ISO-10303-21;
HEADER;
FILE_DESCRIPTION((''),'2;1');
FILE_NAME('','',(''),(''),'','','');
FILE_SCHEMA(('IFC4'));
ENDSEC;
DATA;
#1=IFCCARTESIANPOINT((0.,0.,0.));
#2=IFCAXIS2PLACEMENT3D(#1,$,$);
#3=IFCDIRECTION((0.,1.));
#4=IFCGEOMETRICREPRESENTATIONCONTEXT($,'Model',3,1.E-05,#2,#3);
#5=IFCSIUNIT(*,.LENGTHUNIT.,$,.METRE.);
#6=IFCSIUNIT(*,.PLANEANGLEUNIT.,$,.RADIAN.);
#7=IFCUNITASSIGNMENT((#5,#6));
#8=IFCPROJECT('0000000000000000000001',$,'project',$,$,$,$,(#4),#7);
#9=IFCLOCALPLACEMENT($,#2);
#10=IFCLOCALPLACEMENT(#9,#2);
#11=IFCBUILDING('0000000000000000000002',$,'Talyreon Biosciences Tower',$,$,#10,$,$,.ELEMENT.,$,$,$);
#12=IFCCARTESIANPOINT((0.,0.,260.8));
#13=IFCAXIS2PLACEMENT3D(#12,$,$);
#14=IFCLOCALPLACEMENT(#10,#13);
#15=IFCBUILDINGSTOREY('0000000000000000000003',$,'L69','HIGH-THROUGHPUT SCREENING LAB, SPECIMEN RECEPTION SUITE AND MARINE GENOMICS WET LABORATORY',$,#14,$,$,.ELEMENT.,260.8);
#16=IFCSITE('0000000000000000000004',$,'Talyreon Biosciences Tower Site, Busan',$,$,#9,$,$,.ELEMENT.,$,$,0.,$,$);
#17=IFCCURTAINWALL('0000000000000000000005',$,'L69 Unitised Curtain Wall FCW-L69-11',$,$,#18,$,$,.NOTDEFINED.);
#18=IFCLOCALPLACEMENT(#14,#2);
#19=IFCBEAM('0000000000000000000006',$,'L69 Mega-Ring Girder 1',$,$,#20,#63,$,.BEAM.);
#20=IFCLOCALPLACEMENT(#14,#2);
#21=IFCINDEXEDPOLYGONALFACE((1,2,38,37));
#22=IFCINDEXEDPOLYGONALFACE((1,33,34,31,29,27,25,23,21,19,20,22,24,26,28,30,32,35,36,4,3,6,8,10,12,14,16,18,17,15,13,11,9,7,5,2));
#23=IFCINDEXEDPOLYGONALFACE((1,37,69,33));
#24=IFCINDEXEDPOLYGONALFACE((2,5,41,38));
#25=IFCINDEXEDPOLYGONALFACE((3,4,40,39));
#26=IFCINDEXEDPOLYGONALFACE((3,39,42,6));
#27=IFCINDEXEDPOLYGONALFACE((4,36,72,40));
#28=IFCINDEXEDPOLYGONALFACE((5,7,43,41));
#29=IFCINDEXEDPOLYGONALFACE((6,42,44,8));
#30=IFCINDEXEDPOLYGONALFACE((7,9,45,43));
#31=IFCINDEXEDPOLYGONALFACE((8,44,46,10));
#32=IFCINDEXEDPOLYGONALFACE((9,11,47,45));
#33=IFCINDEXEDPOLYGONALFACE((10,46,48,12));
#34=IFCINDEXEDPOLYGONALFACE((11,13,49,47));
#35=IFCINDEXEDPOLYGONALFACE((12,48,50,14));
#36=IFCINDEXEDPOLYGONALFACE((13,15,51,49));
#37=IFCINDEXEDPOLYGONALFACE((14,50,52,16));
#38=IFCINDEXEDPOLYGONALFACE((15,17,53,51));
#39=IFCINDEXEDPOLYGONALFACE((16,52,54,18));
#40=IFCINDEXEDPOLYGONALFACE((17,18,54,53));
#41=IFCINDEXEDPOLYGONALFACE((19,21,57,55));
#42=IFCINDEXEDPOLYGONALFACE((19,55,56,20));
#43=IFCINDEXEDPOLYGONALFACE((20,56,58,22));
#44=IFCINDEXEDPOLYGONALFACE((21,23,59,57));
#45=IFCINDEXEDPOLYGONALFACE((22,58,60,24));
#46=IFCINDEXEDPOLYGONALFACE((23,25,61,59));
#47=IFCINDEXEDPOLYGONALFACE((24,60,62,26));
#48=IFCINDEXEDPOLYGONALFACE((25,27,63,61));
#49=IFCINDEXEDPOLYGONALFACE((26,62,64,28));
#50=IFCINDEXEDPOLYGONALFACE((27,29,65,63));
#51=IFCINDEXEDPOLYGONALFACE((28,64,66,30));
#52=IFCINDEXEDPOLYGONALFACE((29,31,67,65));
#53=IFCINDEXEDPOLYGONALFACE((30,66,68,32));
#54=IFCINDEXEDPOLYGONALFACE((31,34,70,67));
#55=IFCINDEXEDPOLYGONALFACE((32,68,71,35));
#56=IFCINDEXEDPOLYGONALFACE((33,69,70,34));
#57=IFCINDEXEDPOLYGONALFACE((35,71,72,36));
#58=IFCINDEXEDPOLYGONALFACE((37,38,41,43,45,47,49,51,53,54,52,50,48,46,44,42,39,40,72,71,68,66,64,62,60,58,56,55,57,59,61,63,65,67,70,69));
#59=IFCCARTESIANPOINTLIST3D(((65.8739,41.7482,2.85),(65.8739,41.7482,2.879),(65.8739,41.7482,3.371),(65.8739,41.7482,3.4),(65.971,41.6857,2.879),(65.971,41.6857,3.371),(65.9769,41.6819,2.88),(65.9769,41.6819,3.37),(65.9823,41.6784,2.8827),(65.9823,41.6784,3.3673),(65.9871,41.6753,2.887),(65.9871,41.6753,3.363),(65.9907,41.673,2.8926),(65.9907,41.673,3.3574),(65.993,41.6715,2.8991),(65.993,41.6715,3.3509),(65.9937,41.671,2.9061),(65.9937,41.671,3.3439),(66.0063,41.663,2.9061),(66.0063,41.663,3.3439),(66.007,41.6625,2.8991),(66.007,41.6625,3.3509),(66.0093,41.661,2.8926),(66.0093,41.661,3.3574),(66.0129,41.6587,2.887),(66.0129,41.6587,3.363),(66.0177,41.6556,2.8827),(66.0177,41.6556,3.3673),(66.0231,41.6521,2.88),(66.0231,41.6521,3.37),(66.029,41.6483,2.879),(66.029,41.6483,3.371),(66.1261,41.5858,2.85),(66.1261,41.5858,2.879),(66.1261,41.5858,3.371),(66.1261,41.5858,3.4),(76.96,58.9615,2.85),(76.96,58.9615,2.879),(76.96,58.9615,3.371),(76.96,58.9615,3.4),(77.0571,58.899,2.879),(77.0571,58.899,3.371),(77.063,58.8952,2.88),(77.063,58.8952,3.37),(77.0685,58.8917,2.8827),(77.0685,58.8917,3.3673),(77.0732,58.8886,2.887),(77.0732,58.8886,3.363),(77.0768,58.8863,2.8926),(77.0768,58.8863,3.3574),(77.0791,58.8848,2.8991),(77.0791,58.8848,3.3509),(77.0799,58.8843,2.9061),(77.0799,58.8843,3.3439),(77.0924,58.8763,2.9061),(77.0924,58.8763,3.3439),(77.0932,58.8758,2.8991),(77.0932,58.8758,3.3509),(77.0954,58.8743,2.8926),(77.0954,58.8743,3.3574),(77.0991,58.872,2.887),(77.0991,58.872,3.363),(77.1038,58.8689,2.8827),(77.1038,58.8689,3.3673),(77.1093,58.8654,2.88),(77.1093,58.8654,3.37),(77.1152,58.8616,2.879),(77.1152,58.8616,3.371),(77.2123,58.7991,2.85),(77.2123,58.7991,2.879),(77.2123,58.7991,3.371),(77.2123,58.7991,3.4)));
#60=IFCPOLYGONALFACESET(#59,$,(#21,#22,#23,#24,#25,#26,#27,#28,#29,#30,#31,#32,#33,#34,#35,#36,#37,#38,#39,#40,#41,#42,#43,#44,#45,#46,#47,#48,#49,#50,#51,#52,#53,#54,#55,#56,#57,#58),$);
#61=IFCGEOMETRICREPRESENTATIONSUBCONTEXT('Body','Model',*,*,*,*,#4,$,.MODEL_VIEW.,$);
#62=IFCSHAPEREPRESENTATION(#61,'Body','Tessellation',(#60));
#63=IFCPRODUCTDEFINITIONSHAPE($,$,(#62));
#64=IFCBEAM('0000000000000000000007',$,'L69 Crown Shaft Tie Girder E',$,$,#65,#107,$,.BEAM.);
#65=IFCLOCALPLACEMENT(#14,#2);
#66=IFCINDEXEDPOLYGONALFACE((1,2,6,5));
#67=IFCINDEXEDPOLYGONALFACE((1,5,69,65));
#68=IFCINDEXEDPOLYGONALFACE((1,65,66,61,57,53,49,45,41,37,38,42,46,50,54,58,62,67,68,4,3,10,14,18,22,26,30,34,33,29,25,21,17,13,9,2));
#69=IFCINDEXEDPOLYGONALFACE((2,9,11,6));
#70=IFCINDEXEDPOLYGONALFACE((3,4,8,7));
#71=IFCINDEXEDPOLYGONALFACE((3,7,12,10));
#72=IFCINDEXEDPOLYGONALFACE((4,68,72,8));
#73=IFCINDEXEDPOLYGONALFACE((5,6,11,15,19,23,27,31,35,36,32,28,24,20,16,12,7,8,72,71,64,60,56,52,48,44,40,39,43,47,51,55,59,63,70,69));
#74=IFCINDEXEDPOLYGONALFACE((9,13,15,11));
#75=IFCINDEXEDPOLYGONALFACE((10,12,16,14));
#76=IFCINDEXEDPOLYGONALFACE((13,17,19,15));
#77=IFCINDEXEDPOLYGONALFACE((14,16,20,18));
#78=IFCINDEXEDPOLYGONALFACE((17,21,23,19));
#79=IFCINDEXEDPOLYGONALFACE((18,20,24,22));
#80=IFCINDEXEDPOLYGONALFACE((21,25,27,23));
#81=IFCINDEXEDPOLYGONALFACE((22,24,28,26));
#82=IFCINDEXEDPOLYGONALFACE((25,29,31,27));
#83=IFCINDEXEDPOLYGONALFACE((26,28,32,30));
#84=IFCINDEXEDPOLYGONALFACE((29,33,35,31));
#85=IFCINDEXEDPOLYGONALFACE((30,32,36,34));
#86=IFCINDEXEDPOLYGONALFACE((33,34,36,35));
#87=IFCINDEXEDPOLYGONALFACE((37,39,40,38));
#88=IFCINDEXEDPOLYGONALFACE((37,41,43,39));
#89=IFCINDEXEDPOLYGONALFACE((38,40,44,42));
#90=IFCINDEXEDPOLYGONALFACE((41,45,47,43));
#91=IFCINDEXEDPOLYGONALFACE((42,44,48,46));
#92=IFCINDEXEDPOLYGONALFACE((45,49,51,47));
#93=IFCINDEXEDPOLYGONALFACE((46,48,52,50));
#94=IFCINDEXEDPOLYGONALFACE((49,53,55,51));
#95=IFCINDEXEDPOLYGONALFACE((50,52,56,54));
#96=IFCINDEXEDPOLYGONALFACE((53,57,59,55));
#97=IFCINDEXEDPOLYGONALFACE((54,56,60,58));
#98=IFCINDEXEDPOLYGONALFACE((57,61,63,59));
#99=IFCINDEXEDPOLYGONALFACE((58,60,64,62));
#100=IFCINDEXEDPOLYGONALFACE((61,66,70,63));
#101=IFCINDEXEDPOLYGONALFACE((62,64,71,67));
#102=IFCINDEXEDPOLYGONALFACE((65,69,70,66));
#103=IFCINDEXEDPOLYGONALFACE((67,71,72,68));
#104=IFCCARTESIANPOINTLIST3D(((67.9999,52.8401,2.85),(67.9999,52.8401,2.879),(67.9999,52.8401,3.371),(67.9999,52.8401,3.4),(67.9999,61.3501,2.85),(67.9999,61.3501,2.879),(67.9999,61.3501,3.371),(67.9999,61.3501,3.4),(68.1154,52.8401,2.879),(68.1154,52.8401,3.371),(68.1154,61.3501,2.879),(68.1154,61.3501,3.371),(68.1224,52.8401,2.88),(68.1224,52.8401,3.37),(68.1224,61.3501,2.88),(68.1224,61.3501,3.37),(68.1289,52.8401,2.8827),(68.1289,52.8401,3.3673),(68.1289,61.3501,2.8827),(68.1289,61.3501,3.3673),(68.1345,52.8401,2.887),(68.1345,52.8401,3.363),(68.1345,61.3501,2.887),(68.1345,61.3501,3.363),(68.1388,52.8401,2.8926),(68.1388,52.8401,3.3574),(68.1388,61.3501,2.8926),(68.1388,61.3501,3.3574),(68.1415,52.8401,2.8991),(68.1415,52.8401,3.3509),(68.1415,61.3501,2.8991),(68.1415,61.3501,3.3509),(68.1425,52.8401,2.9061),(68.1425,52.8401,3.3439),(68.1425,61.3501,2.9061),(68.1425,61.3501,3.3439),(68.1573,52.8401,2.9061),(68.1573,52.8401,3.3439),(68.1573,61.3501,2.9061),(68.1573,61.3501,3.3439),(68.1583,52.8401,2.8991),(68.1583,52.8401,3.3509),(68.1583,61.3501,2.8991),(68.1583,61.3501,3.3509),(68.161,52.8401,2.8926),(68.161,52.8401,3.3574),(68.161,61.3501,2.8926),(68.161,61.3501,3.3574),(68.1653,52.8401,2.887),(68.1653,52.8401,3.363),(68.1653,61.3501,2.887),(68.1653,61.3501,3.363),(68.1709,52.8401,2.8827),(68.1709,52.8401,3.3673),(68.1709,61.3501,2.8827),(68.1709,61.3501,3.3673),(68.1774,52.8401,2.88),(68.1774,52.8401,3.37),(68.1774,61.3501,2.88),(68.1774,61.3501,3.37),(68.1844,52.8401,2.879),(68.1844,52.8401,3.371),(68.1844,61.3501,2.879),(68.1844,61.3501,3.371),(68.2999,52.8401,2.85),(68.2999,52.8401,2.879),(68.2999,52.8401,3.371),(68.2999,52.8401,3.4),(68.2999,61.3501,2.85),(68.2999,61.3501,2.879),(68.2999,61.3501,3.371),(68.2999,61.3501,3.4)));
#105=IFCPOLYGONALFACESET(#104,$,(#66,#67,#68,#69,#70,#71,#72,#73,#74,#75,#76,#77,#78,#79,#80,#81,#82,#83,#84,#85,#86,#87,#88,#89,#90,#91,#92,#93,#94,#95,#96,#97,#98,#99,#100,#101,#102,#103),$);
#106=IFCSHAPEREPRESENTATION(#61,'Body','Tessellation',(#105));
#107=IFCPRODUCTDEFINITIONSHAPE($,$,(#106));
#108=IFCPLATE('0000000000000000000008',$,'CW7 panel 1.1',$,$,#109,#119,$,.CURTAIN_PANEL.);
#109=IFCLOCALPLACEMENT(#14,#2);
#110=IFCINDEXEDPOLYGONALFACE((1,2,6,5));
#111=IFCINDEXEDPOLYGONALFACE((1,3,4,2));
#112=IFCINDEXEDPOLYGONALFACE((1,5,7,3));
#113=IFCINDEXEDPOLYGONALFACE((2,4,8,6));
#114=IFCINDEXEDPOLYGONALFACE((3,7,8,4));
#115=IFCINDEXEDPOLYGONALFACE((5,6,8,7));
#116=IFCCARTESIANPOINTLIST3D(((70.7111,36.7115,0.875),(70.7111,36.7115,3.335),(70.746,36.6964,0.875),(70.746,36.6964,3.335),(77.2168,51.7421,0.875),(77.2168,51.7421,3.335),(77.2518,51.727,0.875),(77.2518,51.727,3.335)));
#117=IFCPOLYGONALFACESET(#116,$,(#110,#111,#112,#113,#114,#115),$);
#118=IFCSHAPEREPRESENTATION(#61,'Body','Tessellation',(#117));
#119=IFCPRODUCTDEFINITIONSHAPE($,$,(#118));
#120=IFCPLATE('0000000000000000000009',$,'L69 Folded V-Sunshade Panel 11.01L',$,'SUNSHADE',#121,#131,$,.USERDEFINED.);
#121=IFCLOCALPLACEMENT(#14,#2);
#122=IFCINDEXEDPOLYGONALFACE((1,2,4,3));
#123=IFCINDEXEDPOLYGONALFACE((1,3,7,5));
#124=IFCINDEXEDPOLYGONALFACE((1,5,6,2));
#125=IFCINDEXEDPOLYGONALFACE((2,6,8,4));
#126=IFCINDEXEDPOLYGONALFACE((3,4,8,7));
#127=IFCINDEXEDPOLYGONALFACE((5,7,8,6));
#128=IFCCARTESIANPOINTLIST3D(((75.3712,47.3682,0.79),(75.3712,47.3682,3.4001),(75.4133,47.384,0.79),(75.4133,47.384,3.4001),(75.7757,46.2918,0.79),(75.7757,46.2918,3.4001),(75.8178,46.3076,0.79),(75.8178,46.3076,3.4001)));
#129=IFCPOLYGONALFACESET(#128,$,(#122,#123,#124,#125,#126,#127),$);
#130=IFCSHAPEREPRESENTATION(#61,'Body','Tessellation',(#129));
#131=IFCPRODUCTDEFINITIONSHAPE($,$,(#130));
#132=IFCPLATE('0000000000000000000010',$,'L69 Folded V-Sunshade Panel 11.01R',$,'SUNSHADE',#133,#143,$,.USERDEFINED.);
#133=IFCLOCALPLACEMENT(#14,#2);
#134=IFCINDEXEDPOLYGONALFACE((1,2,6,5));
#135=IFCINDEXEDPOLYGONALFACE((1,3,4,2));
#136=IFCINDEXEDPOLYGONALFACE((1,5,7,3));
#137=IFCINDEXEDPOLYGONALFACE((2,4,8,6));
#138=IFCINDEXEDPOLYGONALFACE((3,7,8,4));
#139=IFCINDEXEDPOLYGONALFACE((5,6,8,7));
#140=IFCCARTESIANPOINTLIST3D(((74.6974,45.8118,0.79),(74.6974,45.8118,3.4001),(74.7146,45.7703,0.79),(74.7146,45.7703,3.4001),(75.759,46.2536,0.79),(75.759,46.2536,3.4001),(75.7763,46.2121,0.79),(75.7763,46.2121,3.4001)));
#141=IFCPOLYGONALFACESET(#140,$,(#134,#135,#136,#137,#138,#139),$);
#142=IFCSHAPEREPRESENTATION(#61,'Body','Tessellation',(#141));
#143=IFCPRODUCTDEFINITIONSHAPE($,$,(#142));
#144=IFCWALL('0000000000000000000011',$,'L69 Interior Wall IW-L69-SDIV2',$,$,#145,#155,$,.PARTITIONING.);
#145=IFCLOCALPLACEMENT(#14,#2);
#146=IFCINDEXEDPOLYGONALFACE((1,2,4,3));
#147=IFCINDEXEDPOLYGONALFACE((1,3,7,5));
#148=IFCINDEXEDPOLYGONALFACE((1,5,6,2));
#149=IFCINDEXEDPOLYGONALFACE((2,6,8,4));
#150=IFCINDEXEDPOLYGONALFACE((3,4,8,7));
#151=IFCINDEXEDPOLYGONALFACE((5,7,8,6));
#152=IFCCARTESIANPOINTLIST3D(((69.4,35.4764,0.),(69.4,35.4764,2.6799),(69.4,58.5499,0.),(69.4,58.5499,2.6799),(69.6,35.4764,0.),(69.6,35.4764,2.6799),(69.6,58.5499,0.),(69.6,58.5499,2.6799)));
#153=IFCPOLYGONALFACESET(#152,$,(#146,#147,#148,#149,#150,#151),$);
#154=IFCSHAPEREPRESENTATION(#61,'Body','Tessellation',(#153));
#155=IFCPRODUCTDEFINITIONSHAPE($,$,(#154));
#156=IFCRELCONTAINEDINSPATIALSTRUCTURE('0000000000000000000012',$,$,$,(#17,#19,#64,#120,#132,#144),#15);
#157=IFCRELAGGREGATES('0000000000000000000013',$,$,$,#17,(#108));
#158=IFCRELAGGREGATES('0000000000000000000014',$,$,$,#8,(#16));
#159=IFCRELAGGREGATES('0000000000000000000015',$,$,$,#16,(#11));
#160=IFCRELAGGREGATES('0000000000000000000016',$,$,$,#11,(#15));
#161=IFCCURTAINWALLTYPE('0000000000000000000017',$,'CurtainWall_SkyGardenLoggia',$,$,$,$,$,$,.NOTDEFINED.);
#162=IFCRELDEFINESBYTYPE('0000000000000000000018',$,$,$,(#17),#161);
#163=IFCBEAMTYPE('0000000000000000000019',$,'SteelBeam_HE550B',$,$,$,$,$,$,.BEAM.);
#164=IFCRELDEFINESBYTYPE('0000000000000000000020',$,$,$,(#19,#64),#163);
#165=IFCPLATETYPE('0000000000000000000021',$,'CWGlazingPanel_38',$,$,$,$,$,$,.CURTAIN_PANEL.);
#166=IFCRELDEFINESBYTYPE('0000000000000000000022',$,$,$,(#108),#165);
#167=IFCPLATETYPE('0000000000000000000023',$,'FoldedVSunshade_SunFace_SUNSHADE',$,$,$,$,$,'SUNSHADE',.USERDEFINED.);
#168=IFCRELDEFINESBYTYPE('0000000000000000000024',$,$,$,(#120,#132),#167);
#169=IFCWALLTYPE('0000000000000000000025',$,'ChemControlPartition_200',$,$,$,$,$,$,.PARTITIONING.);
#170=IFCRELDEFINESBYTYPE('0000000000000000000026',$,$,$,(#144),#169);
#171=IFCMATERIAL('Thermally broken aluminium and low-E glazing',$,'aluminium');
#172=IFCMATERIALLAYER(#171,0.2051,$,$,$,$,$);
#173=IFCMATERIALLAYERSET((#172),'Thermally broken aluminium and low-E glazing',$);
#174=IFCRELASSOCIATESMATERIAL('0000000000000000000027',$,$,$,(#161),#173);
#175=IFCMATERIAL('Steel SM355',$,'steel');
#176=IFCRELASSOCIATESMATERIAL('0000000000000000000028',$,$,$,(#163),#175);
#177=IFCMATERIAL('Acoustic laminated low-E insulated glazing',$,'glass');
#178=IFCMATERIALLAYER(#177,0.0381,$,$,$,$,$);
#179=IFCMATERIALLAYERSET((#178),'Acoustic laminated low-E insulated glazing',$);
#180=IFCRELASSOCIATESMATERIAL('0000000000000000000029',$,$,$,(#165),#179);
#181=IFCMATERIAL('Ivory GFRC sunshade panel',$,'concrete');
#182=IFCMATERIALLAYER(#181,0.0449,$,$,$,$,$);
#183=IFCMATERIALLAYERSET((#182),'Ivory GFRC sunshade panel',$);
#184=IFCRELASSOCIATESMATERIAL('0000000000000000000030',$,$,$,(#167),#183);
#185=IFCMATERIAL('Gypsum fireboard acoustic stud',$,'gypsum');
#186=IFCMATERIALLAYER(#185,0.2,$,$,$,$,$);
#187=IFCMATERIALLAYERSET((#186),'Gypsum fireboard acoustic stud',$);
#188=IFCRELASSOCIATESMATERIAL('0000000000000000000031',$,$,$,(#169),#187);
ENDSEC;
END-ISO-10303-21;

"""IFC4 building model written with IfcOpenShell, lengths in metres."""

from ifc_helpers import new_model, si_unit, direction, frame, frame_2d, origin, origin_2d, place, context, subcontext, project, spatial, rectangle, i_section, extrude, material, layer, layer_set, material_profile, profile_set, type_object, element, aggregate, save


model = new_model("IFC4")

# Units and contexts
model_context = context("Model", 3, precision=1e-05, world=origin(), true_north=direction((0.0, 1.0)))
body_context = subcontext(model_context, "Body", "Model", "MODEL_VIEW")
ifc_project = project(units=[si_unit("LENGTHUNIT", "METRE"), si_unit("PLANEANGLEUNIT", "RADIAN")], contexts=[model_context])

# Site, building, storey
site_placement = place(None, origin())
site = spatial("IfcSite", under=ifc_project, at=site_placement, Name="Talyreon Biosciences Tower Site, Busan", CompositionType="ELEMENT", RefElevation=0.0)
building_placement = place(site_placement, origin())
building = spatial("IfcBuilding", under=site, at=building_placement, Name="Talyreon Biosciences Tower", CompositionType="ELEMENT")
storey_placement = place(building_placement, frame((0.0, 0.0, 260.8)))
storey = spatial("IfcBuildingStorey", under=building, at=storey_placement, Name="L69", Description="HIGH-THROUGHPUT SCREENING LAB, SPECIMEN RECEPTION SUITE AND MARINE GENOMICS WET LABORATORY", CompositionType="ELEMENT", Elevation=260.8)

# Curtain wall
ifc_material_1 = material(Name="Thermally broken aluminium and low-E glazing", Category="aluminium")
ifc_layer_1 = layer(ifc_material_1, 0.2051)
ifc_layer_set_1 = layer_set([ifc_layer_1], Name="Thermally broken aluminium and low-E glazing")
curtain_wall_type = type_object("IfcCurtainWallType", Name="CurtainWall_SkyGardenLoggia", PredefinedType="NOTDEFINED", material=ifc_layer_set_1)
curtain_wall_placement = place(storey_placement, origin())
curtain_wall = element("IfcCurtainWall", 1, at=curtain_wall_placement, inside=storey, type_object=curtain_wall_type, Name="L69 Unitised Curtain Wall FCW-L69-11", PredefinedType="NOTDEFINED")

# Beams
ifc_material_2 = material(Name="Steel SM355", Category="steel")
ifc_material_profile_1 = material_profile(ifc_material_2, i_section(OverallWidth=0.3, OverallDepth=0.55, WebThickness=0.0149, FlangeThickness=0.0291, FilletRadius=0.0271, at=origin_2d()), Name="HE550B")
ifc_profile_set_1 = profile_set([ifc_material_profile_1], Name="Steel SM355")
beam_type_1 = type_object("IfcBeamType", Name="SteelBeam_HE550B", PredefinedType="BEAM", material=ifc_profile_set_1)
beam_1_placement = place(storey_placement, frame((66.0, 41.667, 3.125), z_axis=(0.541464, 0.840724, 0.0), x_axis=(-0.840724, 0.541464, 0.0)))
element("IfcBeam", 2, at=beam_1_placement, inside=storey, type_object=beam_type_1, Name="L69 Mega-Ring Girder 1", PredefinedType="BEAM", context=body_context, shape_type="SweptSolid", body=[
    extrude(i_section(OverallWidth=0.3, OverallDepth=0.55, WebThickness=0.0149, FlangeThickness=0.0291, FilletRadius=0.0271, at=origin_2d()), origin(), (0.0, 0.0, 1.0), 20.4744),
])
beam_2_placement = place(storey_placement, frame((68.1499, 52.8401, 3.125), z_axis=(0.0, 1.0, 0.0), x_axis=(-1.0, 0.0, 0.0)))
element("IfcBeam", 3, at=beam_2_placement, inside=storey, type_object=beam_type_1, Name="L69 Crown Shaft Tie Girder E", PredefinedType="BEAM", context=body_context, shape_type="SweptSolid", body=[
    extrude(i_section(OverallWidth=0.3, OverallDepth=0.55, WebThickness=0.0149, FlangeThickness=0.0291, FilletRadius=0.0271, at=origin_2d()), origin(), (0.0, 0.0, 1.0), 8.51),
])

# Plate
ifc_material_3 = material(Name="Acoustic laminated low-E insulated glazing", Category="glass")
ifc_layer_2 = layer(ifc_material_3, 0.0381)
ifc_layer_set_2 = layer_set([ifc_layer_2], Name="Acoustic laminated low-E insulated glazing")
plate_type_1 = type_object("IfcPlateType", Name="CWGlazingPanel_38", PredefinedType="CURTAIN_PANEL", material=ifc_layer_set_2)
plate_placement = place(storey_placement, frame((73.9814, 44.2192, 0.875), z_axis=(0.0, 0.0, 1.0), x_axis=(-0.397221, -0.917723, 0.0)))
plate = element("IfcPlate", 4, at=plate_placement, type_object=plate_type_1, Name="CW7 panel 1.1", PredefinedType="CURTAIN_PANEL", context=body_context, shape_type="SweptSolid", body=[
    extrude(rectangle(XDim=16.3782, YDim=0.0381, at=origin_2d()), origin(), (0.0, 0.0, 1.0), 2.46),
])
aggregate(curtain_wall, [plate])

# Plates
ifc_material_4 = material(Name="Ivory GFRC sunshade panel", Category="concrete")
ifc_layer_3 = layer(ifc_material_4, 0.0449)
ifc_layer_set_3 = layer_set([ifc_layer_3], Name="Ivory GFRC sunshade panel")
plate_type_2 = type_object("IfcPlateType", Name="FoldedVSunshade_SunFace_SUNSHADE", ElementType="SUNSHADE", PredefinedType="USERDEFINED", material=ifc_layer_set_3)
for number, where, z_axis, x_axis, name in (
    (5, (75.5945, 46.8379, 0.79), (0.0, 0.0, 1.0), (0.35176, -0.93609, 0.0), "L69 Folded V-Sunshade Panel 11.01L"),
    (6, (75.2368, 46.012, 0.79), (0.0, 0.0, 1.0), (-0.923244, -0.384215, 0.0), "L69 Folded V-Sunshade Panel 11.01R"),
):
    element("IfcPlate", number, at=place(storey_placement, frame(where, z_axis=z_axis, x_axis=x_axis)), inside=storey, type_object=plate_type_2, Name=name, ObjectType="SUNSHADE", PredefinedType="USERDEFINED", context=body_context, shape_type="SweptSolid", body=[
        extrude(rectangle(XDim=1.1499, YDim=0.0449, at=origin_2d()), origin(), (0.0, 0.0, 1.0), 2.6101),
    ])

# Wall
ifc_material_5 = material(Name="Gypsum fireboard acoustic stud", Category="gypsum")
ifc_layer_4 = layer(ifc_material_5, 0.2)
ifc_layer_set_4 = layer_set([ifc_layer_4], Name="Gypsum fireboard acoustic stud")
wall_type_1 = type_object("IfcWallType", Name="ChemControlPartition_200", PredefinedType="PARTITIONING", material=ifc_layer_set_4)
wall_1_placement = place(storey_placement, frame((69.5, 35.4766, 0.0), z_axis=(0.0, 0.0, 1.0), x_axis=(0.0, 1.0, 0.0)))
element("IfcWall", 7, at=wall_1_placement, inside=storey, type_object=wall_type_1, Name="L69 Interior Wall IW-L69-SDIV2", PredefinedType="PARTITIONING", context=body_context, shape_type="SweptSolid", body=[
    extrude(rectangle(XDim=23.0735, YDim=0.2, at=frame_2d((11.5366, 0.0))), origin(), (0.0, 0.0, 1.0), 2.6799),
])

save(model, "model.ifc")
